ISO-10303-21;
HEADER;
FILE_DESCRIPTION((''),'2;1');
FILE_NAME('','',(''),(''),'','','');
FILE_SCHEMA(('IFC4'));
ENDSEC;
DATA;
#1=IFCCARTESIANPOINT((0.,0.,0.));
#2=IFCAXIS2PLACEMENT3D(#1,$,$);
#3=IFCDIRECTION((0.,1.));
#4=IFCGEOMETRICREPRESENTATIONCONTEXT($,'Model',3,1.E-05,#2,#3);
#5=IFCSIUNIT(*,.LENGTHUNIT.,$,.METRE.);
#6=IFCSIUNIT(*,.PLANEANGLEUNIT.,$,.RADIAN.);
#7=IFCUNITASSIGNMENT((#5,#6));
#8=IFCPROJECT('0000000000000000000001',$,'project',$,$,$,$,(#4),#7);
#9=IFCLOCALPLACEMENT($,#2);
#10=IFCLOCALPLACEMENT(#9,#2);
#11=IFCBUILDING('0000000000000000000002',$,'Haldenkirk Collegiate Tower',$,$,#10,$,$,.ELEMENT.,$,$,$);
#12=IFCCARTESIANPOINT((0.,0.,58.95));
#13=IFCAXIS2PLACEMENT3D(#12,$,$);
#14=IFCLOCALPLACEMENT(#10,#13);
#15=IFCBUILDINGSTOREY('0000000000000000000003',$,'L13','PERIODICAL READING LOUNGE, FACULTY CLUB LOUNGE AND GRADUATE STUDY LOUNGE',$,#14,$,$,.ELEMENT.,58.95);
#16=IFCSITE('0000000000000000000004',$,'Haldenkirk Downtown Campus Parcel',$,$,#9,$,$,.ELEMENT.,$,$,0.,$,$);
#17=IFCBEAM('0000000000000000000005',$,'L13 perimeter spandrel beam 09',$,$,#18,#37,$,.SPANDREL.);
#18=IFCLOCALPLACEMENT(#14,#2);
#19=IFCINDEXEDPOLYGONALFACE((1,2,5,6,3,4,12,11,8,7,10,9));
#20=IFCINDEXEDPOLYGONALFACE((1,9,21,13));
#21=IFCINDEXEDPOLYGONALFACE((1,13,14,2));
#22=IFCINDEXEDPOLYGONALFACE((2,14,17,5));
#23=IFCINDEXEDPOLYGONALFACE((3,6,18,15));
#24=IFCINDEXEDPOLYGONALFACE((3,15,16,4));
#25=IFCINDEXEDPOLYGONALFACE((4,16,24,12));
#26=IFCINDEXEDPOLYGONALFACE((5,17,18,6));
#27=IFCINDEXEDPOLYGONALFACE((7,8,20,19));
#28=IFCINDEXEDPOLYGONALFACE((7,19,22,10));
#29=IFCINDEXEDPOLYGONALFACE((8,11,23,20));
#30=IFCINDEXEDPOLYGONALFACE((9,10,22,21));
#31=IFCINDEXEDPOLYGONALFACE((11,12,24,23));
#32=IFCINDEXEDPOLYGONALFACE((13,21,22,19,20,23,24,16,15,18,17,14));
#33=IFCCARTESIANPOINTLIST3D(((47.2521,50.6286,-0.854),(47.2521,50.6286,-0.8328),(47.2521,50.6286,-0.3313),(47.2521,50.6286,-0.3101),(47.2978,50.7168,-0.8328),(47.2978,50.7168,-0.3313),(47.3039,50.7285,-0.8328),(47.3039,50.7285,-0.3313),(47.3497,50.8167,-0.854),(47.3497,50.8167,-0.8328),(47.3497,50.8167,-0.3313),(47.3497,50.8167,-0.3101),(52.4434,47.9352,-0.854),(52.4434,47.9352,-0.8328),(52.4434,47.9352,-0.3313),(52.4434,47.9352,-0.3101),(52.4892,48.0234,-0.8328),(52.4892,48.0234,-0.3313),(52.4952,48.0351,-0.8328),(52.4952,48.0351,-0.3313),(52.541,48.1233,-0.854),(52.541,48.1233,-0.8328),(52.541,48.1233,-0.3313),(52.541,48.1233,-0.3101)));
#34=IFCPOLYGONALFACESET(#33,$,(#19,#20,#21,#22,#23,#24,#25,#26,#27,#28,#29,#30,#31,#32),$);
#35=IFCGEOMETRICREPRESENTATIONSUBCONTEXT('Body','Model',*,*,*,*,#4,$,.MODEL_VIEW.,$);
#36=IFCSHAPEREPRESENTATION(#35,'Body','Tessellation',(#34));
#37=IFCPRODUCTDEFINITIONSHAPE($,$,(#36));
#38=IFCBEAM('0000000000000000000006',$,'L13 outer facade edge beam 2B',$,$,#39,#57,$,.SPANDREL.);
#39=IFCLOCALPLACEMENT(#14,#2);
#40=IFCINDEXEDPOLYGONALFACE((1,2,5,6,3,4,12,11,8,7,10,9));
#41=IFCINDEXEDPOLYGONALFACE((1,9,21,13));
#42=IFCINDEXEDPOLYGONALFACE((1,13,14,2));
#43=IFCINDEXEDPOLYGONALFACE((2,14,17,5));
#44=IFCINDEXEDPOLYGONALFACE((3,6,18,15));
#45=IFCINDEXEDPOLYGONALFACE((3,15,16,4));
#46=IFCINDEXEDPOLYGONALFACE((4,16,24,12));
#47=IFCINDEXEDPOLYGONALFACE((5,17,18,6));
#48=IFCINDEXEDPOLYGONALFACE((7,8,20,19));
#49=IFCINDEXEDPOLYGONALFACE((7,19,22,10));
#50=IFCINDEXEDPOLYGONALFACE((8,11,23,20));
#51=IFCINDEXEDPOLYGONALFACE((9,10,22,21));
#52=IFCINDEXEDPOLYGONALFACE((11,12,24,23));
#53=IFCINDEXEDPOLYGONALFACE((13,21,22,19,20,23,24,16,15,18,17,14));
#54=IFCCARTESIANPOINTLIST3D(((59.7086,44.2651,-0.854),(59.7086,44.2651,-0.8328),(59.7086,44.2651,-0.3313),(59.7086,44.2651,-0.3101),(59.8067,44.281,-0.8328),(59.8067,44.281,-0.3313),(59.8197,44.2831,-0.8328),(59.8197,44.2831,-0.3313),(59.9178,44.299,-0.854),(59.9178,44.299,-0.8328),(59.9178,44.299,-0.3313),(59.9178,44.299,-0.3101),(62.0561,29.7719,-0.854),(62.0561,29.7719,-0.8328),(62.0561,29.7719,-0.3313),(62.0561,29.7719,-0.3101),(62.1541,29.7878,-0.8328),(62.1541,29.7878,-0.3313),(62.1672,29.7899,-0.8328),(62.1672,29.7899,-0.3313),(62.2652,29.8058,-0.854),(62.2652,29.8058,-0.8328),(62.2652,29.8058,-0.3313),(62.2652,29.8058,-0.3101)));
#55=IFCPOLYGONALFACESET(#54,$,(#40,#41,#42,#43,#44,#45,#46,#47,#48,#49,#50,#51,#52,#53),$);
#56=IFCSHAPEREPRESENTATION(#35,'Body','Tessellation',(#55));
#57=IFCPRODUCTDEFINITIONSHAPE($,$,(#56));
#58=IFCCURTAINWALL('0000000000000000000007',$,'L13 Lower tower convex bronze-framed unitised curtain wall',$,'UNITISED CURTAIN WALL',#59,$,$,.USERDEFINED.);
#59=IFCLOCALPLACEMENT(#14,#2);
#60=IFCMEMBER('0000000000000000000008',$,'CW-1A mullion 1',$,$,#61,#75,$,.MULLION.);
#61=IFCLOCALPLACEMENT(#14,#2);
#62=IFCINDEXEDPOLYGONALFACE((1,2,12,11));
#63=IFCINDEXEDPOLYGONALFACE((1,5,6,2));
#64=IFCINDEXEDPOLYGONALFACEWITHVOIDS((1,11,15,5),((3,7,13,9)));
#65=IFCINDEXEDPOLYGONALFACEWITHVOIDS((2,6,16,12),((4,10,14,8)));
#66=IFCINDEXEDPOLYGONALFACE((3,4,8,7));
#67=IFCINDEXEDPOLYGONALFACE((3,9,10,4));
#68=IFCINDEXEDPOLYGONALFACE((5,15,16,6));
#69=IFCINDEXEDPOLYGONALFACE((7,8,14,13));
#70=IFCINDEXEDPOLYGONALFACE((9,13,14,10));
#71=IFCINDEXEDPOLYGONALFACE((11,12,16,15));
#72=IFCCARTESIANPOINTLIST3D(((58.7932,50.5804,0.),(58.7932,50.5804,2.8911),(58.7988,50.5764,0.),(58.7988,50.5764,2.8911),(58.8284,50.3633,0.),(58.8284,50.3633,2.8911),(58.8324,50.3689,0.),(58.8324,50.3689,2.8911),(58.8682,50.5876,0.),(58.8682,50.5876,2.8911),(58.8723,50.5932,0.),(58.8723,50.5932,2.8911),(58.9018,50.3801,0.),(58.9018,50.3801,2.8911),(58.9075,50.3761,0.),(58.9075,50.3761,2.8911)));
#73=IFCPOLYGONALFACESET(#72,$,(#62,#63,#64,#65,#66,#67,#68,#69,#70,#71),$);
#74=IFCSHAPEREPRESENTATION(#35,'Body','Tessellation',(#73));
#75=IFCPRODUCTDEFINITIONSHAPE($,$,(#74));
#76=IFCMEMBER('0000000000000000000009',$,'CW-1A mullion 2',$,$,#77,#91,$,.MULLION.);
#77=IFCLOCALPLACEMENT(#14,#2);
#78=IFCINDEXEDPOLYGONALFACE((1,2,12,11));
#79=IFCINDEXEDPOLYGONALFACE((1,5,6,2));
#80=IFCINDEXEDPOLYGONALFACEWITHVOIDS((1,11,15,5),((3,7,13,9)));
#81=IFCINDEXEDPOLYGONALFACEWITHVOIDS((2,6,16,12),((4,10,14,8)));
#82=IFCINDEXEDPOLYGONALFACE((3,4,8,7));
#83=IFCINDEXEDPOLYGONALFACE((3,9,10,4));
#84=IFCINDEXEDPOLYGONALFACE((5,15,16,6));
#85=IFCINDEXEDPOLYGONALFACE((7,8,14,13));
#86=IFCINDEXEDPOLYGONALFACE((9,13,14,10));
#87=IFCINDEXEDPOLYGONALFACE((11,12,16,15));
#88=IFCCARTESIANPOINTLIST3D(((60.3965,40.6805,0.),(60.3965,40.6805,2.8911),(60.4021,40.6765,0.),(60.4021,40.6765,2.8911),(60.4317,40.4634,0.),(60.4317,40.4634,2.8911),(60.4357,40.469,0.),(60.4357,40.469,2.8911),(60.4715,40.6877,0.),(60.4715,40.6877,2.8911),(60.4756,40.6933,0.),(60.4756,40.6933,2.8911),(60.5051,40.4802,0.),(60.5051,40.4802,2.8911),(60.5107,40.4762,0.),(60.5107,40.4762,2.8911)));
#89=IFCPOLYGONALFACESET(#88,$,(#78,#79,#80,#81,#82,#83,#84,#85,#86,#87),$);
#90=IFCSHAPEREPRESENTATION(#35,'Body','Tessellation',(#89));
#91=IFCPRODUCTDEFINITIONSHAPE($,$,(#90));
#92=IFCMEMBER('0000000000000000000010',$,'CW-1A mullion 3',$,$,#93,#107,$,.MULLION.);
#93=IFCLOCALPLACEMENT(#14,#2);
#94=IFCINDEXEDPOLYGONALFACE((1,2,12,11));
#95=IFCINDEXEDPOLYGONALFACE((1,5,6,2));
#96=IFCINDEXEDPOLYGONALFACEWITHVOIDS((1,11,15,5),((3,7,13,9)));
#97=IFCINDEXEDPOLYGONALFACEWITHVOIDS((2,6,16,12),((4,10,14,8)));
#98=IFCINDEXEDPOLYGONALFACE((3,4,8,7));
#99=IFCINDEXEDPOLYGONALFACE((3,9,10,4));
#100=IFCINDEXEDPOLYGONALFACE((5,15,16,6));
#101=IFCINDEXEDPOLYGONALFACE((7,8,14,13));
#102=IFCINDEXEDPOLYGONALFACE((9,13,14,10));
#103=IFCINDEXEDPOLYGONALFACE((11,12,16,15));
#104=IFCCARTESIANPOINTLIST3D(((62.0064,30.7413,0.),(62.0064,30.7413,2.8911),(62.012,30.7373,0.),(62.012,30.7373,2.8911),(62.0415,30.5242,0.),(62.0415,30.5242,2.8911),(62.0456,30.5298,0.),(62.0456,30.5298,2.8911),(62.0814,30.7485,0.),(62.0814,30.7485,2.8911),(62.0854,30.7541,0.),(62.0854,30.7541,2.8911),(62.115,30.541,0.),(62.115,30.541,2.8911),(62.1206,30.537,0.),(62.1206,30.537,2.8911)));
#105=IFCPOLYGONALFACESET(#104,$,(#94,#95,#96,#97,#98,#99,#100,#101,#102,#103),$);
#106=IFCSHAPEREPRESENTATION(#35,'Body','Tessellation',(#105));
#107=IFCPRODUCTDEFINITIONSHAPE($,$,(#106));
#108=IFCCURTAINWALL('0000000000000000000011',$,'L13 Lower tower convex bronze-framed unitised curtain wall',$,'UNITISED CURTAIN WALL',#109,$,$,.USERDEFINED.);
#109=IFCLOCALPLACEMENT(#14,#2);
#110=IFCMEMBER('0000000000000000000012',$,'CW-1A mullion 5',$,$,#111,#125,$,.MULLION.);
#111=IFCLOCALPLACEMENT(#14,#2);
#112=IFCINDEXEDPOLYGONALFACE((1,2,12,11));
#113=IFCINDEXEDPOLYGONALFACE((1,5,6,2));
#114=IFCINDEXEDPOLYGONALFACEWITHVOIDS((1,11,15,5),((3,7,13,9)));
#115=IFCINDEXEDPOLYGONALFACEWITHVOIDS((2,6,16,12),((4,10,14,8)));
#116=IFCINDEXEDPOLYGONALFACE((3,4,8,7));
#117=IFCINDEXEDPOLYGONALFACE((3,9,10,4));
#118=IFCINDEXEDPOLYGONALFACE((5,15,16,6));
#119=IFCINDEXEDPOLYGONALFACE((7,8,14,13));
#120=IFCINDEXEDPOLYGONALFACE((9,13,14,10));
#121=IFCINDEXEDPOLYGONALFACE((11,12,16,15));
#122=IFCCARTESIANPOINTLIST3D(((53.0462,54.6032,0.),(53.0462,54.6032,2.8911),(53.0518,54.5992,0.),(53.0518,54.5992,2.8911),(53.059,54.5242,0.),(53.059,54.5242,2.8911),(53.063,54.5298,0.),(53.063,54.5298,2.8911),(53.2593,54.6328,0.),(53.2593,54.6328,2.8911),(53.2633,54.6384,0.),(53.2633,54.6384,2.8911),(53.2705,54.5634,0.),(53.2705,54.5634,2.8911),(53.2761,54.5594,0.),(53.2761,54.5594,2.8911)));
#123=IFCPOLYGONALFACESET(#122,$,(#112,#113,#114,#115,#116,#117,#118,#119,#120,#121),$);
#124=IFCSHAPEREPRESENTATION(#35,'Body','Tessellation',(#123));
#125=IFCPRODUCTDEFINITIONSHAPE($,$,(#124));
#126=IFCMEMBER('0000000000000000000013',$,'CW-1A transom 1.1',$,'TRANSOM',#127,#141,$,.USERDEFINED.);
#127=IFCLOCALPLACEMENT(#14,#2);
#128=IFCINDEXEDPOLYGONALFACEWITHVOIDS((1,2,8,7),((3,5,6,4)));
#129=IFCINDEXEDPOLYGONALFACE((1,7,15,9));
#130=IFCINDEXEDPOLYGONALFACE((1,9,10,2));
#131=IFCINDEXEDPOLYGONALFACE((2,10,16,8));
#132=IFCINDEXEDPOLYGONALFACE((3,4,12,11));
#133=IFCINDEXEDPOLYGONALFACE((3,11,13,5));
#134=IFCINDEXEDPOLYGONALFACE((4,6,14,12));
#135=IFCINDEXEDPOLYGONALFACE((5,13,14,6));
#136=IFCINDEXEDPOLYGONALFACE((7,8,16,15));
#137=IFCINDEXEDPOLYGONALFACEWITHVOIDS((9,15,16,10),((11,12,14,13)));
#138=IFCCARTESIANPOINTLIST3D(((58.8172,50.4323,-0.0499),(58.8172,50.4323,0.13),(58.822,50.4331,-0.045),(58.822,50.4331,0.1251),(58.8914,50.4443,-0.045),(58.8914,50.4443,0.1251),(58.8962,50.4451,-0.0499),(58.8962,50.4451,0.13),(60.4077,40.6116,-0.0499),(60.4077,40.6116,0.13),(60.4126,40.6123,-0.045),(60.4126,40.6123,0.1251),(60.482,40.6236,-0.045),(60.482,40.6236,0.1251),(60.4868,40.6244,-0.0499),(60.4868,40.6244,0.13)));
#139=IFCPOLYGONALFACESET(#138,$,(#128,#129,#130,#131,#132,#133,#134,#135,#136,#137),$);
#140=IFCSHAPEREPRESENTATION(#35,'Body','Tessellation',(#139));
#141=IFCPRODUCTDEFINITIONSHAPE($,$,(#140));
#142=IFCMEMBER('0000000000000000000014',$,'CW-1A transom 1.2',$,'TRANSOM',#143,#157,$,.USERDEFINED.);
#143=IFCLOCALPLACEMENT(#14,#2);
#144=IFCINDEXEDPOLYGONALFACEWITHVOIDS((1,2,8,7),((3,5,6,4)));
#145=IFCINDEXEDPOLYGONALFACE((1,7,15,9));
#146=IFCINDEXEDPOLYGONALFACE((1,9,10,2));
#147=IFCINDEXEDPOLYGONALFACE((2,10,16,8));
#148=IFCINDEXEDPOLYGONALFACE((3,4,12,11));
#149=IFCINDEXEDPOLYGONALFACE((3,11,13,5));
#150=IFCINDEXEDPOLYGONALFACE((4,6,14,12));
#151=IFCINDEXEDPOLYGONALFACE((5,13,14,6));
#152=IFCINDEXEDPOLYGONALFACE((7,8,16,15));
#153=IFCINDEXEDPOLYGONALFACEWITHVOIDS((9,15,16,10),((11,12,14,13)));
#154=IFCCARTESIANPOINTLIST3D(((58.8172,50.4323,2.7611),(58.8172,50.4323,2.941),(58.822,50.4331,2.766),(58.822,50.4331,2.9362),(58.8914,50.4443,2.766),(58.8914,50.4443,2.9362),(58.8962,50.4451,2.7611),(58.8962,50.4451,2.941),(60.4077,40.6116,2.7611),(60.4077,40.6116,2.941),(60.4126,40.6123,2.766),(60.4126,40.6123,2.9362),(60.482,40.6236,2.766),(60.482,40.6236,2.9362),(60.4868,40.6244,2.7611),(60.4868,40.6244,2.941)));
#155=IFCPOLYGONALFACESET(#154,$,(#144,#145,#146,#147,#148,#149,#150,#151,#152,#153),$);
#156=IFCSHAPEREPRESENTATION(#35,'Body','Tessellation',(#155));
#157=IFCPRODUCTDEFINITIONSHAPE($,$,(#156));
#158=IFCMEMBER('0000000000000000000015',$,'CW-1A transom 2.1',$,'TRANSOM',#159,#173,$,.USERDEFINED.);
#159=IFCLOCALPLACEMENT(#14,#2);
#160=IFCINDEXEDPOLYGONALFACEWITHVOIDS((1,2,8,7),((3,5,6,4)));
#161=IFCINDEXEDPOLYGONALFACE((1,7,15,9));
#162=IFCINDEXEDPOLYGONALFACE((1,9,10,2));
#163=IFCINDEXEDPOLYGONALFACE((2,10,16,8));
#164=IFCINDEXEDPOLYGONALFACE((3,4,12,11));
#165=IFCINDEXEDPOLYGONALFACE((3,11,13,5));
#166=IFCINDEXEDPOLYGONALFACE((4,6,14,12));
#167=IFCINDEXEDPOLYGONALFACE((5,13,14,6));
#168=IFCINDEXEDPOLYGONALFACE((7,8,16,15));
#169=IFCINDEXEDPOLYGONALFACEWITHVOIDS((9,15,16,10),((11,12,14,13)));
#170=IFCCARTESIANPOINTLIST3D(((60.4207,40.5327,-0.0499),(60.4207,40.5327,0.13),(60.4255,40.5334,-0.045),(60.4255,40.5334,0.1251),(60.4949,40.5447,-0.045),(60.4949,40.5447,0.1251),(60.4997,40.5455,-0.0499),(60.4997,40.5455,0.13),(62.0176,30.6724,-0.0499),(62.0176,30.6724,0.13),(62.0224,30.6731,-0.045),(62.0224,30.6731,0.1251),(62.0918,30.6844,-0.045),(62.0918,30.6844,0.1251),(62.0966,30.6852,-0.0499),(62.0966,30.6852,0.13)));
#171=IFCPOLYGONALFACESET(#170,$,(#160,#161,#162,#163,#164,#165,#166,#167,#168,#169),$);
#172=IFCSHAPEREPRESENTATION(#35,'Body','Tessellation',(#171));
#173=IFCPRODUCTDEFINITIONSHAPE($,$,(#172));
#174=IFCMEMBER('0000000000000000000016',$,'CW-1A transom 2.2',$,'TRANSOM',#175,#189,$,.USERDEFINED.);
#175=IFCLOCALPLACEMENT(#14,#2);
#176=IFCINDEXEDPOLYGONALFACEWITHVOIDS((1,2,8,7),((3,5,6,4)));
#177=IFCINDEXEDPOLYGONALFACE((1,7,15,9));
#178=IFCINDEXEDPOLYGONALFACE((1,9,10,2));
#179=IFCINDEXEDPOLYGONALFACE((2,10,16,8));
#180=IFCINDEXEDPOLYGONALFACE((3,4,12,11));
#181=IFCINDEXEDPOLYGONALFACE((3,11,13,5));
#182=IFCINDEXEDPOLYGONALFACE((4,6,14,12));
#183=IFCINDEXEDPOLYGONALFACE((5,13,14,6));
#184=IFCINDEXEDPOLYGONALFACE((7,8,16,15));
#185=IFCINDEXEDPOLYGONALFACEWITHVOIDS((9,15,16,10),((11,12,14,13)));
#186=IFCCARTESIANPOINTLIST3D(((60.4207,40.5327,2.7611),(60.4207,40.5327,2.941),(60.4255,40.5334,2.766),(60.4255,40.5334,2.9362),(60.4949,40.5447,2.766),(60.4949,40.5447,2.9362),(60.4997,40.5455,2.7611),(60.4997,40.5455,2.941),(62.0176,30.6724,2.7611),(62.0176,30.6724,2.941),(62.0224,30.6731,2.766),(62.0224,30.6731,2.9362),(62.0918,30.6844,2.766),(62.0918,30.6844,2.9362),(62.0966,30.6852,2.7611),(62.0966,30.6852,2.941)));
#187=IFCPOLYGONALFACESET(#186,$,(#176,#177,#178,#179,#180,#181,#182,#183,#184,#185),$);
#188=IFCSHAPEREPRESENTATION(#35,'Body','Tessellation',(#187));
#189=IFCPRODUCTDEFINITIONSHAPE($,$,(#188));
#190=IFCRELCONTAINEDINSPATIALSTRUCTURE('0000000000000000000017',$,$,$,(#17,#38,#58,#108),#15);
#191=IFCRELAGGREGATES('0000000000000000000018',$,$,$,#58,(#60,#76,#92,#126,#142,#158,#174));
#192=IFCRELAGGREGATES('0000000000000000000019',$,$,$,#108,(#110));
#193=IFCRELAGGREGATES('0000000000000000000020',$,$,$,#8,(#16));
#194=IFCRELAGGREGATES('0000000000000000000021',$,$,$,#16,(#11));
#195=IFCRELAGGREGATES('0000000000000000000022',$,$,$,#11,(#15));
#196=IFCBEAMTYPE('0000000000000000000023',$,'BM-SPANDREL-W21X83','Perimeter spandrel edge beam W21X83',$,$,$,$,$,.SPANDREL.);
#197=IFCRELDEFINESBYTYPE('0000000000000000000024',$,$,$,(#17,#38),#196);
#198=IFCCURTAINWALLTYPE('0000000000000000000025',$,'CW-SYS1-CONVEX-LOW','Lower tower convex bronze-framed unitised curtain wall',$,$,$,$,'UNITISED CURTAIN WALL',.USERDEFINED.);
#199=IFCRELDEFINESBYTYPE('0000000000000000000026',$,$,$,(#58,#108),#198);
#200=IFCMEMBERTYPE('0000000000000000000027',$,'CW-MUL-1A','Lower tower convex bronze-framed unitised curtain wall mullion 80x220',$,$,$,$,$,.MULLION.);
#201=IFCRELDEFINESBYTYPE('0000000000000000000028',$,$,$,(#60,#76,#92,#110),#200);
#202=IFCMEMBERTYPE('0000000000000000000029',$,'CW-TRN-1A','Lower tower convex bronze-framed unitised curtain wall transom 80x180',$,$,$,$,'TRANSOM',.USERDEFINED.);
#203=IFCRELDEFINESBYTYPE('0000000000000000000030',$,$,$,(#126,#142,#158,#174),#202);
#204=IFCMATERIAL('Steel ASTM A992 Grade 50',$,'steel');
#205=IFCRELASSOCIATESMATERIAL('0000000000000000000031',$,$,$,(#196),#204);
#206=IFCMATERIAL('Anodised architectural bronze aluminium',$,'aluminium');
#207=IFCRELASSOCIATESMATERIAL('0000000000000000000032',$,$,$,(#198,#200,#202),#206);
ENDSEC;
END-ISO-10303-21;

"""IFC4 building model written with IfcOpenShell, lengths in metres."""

from ifc_helpers import new_model, si_unit, direction, frame, origin, origin_2d, place, context, subcontext, project, spatial, hollow_rectangle, i_section, extrude, material, material_profile, profile_set, type_object, element, aggregate, save


model = new_model("IFC4")

# Units and contexts
model_context = context("Model", 3, precision=1e-05, world=origin(), true_north=direction((0.0, 1.0)))
body_context = subcontext(model_context, "Body", "Model", "MODEL_VIEW")
ifc_project = project(units=[si_unit("LENGTHUNIT", "METRE"), si_unit("PLANEANGLEUNIT", "RADIAN")], contexts=[model_context])

# Site, building, storey
site_placement = place(None, origin())
site = spatial("IfcSite", under=ifc_project, at=site_placement, Name="Haldenkirk Downtown Campus Parcel", CompositionType="ELEMENT", RefElevation=0.0)
building_placement = place(site_placement, origin())
building = spatial("IfcBuilding", under=site, at=building_placement, Name="Haldenkirk Collegiate Tower", CompositionType="ELEMENT")
storey_placement = place(building_placement, frame((0.0, 0.0, 58.95)))
storey = spatial("IfcBuildingStorey", under=building, at=storey_placement, Name="L13", Description="PERIODICAL READING LOUNGE, FACULTY CLUB LOUNGE AND GRADUATE STUDY LOUNGE", CompositionType="ELEMENT", Elevation=58.95)

# Beams
ifc_material_1 = material(Name="Steel ASTM A992 Grade 50", Category="steel")
ifc_material_profile_1 = material_profile(ifc_material_1, i_section(OverallWidth=0.2119, OverallDepth=0.5439, WebThickness=0.0132, FlangeThickness=0.0212, at=origin_2d()), Name="W21X83")
ifc_profile_set_1 = profile_set([ifc_material_profile_1], Name="Steel ASTM A992 Grade 50")
beam_type_1 = type_object("IfcBeamType", Name="BM-SPANDREL-W21X83", Description="Perimeter spandrel edge beam W21X83", PredefinedType="SPANDREL", material=ifc_profile_set_1)
beam_1_placement = place(storey_placement, frame((52.4922, 48.0293, -0.582), z_axis=(-0.887648, 0.460522, 0.0), x_axis=(-0.460522, -0.887648, 0.0)))
element("IfcBeam", 1, at=beam_1_placement, inside=storey, type_object=beam_type_1, Name="L13 perimeter spandrel beam 09", PredefinedType="SPANDREL", context=body_context, shape_type="SweptSolid", body=[
    extrude(i_section(OverallWidth=0.2119, OverallDepth=0.5439, WebThickness=0.0132, FlangeThickness=0.0212, at=origin_2d()), origin(), (0.0, 0.0, 1.0), 5.8484),
])
beam_2_placement = place(storey_placement, frame((62.1606, 29.7888, -0.582), z_axis=(-0.159883, 0.987136, 0.0), x_axis=(-0.987136, -0.159883, 0.0)))
element("IfcBeam", 2, at=beam_2_placement, inside=storey, type_object=beam_type_1, Name="L13 outer facade edge beam 2B", PredefinedType="SPANDREL", context=body_context, shape_type="SweptSolid", body=[
    extrude(i_section(OverallWidth=0.2119, OverallDepth=0.5439, WebThickness=0.0132, FlangeThickness=0.0212, at=origin_2d()), origin(), (0.0, 0.0, 1.0), 14.6821),
])

# Curtain wall, members
ifc_material_2 = material(Name="Anodised architectural bronze aluminium", Category="aluminium")
curtain_wall_type = type_object("IfcCurtainWallType", Name="CW-SYS1-CONVEX-LOW", Description="Lower tower convex bronze-framed unitised curtain wall", ElementType="UNITISED CURTAIN WALL", PredefinedType="USERDEFINED", material=ifc_material_2)
curtain_wall_1_placement = place(storey_placement, origin())
curtain_wall_1 = element("IfcCurtainWall", 3, at=curtain_wall_1_placement, inside=storey, type_object=curtain_wall_type, Name="L13 Lower tower convex bronze-framed unitised curtain wall", ObjectType="UNITISED CURTAIN WALL", PredefinedType="USERDEFINED")
ifc_material_profile_2 = material_profile(ifc_material_2, hollow_rectangle(XDim=0.0801, YDim=0.22, WallThickness=0.0049, at=origin_2d()), Name="CW-MUL-1A")
ifc_profile_set_2 = profile_set([ifc_material_profile_2], Name="Anodised architectural bronze aluminium")
member_type_1 = type_object("IfcMemberType", Name="CW-MUL-1A", Description="Lower tower convex bronze-framed unitised curtain wall mullion 80x220", PredefinedType="MULLION", material=ifc_profile_set_2)
member_1_placement = place(storey_placement, frame((58.8503, 50.4783, 0.0), z_axis=(0.0, 0.0, 1.0), x_axis=(0.987136, 0.15988, 0.0)))
member_1 = element("IfcMember", 4, at=member_1_placement, type_object=member_type_1, Name="CW-1A mullion 1", PredefinedType="MULLION", context=body_context, shape_type="SweptSolid", body=[
    extrude(hollow_rectangle(XDim=0.0801, YDim=0.22, WallThickness=0.0049, at=origin_2d()), origin(), (0.0, 0.0, 1.0), 2.8911),
])
member_2_placement = place(storey_placement, frame((60.4536, 40.5784, 0.0), z_axis=(0.0, 0.0, 1.0), x_axis=(0.987136, 0.15988, 0.0)))
member_2 = element("IfcMember", 5, at=member_2_placement, type_object=member_type_1, Name="CW-1A mullion 2", PredefinedType="MULLION", context=body_context, shape_type="SweptSolid", body=[
    extrude(hollow_rectangle(XDim=0.0801, YDim=0.22, WallThickness=0.0049, at=origin_2d()), origin(), (0.0, 0.0, 1.0), 2.8911),
])
member_3_placement = place(storey_placement, frame((62.0635, 30.6392, 0.0), z_axis=(0.0, 0.0, 1.0), x_axis=(0.987136, 0.15988, 0.0)))
member_3 = element("IfcMember", 6, at=member_3_placement, type_object=member_type_1, Name="CW-1A mullion 3", PredefinedType="MULLION", context=body_context, shape_type="SweptSolid", body=[
    extrude(hollow_rectangle(XDim=0.0801, YDim=0.22, WallThickness=0.0049, at=origin_2d()), origin(), (0.0, 0.0, 1.0), 2.8911),
])

# Curtain wall, member
curtain_wall_2_placement = place(storey_placement, origin())
curtain_wall_2 = element("IfcCurtainWall", 7, at=curtain_wall_2_placement, inside=storey, type_object=curtain_wall_type, Name="L13 Lower tower convex bronze-framed unitised curtain wall", ObjectType="UNITISED CURTAIN WALL", PredefinedType="USERDEFINED")
member_4_placement = place(storey_placement, frame((53.1611, 54.5813, 0.0), z_axis=(0.0, 0.0, 1.0), x_axis=(-0.159881, 0.987136, 0.0)))
member_4 = element("IfcMember", 8, at=member_4_placement, type_object=member_type_1, Name="CW-1A mullion 5", PredefinedType="MULLION", context=body_context, shape_type="SweptSolid", body=[
    extrude(hollow_rectangle(XDim=0.0801, YDim=0.22, WallThickness=0.0049, at=origin_2d()), origin(), (0.0, 0.0, 1.0), 2.8911),
])

# Members
ifc_material_profile_3 = material_profile(ifc_material_2, hollow_rectangle(XDim=0.0801, YDim=0.1799, WallThickness=0.0049, at=origin_2d()), Name="CW-TRN-1A")
ifc_profile_set_3 = profile_set([ifc_material_profile_3], Name="Anodised architectural bronze aluminium")
member_type_2 = type_object("IfcMemberType", Name="CW-TRN-1A", Description="Lower tower convex bronze-framed unitised curtain wall transom 80x180", ElementType="TRANSOM", PredefinedType="USERDEFINED", material=ifc_profile_set_3)
member_5_placement = place(storey_placement, frame((58.8567, 50.4387, 0.04), z_axis=(0.159877, -0.987137, 0.0), x_axis=(0.987137, 0.159877, 0.0)))
member_5 = element("IfcMember", 9, at=member_5_placement, type_object=member_type_2, Name="CW-1A transom 1.1", ObjectType="TRANSOM", PredefinedType="USERDEFINED", context=body_context, shape_type="SweptSolid", body=[
    extrude(hollow_rectangle(XDim=0.0801, YDim=0.1799, WallThickness=0.0049, at=origin_2d()), origin(), (0.0, 0.0, 1.0), 9.9487),
])
member_6_placement = place(storey_placement, frame((58.8567, 50.4387, 2.8511), z_axis=(0.159877, -0.987137, 0.0), x_axis=(0.987137, 0.159877, 0.0)))
member_6 = element("IfcMember", 10, at=member_6_placement, type_object=member_type_2, Name="CW-1A transom 1.2", ObjectType="TRANSOM", PredefinedType="USERDEFINED", context=body_context, shape_type="SweptSolid", body=[
    extrude(hollow_rectangle(XDim=0.0801, YDim=0.1799, WallThickness=0.0049, at=origin_2d()), origin(), (0.0, 0.0, 1.0), 9.9487),
])
member_7_placement = place(storey_placement, frame((60.4602, 40.5391, 0.04), z_axis=(0.159871, -0.987138, 0.0), x_axis=(0.987138, 0.159871, 0.0)))
member_7 = element("IfcMember", 11, at=member_7_placement, type_object=member_type_2, Name="CW-1A transom 2.1", ObjectType="TRANSOM", PredefinedType="USERDEFINED", context=body_context, shape_type="SweptSolid", body=[
    extrude(hollow_rectangle(XDim=0.0801, YDim=0.1799, WallThickness=0.0049, at=origin_2d()), origin(), (0.0, 0.0, 1.0), 9.9888),
])
member_8_placement = place(storey_placement, frame((60.4602, 40.5391, 2.8511), z_axis=(0.159871, -0.987138, 0.0), x_axis=(0.987138, 0.159871, 0.0)))
member_8 = element("IfcMember", 12, at=member_8_placement, type_object=member_type_2, Name="CW-1A transom 2.2", ObjectType="TRANSOM", PredefinedType="USERDEFINED", context=body_context, shape_type="SweptSolid", body=[
    extrude(hollow_rectangle(XDim=0.0801, YDim=0.1799, WallThickness=0.0049, at=origin_2d()), origin(), (0.0, 0.0, 1.0), 9.9888),
])

aggregate(curtain_wall_1, [member_1, member_2, member_3, member_5, member_6, member_7, member_8])
aggregate(curtain_wall_2, [member_4])

save(model, "model.ifc")
